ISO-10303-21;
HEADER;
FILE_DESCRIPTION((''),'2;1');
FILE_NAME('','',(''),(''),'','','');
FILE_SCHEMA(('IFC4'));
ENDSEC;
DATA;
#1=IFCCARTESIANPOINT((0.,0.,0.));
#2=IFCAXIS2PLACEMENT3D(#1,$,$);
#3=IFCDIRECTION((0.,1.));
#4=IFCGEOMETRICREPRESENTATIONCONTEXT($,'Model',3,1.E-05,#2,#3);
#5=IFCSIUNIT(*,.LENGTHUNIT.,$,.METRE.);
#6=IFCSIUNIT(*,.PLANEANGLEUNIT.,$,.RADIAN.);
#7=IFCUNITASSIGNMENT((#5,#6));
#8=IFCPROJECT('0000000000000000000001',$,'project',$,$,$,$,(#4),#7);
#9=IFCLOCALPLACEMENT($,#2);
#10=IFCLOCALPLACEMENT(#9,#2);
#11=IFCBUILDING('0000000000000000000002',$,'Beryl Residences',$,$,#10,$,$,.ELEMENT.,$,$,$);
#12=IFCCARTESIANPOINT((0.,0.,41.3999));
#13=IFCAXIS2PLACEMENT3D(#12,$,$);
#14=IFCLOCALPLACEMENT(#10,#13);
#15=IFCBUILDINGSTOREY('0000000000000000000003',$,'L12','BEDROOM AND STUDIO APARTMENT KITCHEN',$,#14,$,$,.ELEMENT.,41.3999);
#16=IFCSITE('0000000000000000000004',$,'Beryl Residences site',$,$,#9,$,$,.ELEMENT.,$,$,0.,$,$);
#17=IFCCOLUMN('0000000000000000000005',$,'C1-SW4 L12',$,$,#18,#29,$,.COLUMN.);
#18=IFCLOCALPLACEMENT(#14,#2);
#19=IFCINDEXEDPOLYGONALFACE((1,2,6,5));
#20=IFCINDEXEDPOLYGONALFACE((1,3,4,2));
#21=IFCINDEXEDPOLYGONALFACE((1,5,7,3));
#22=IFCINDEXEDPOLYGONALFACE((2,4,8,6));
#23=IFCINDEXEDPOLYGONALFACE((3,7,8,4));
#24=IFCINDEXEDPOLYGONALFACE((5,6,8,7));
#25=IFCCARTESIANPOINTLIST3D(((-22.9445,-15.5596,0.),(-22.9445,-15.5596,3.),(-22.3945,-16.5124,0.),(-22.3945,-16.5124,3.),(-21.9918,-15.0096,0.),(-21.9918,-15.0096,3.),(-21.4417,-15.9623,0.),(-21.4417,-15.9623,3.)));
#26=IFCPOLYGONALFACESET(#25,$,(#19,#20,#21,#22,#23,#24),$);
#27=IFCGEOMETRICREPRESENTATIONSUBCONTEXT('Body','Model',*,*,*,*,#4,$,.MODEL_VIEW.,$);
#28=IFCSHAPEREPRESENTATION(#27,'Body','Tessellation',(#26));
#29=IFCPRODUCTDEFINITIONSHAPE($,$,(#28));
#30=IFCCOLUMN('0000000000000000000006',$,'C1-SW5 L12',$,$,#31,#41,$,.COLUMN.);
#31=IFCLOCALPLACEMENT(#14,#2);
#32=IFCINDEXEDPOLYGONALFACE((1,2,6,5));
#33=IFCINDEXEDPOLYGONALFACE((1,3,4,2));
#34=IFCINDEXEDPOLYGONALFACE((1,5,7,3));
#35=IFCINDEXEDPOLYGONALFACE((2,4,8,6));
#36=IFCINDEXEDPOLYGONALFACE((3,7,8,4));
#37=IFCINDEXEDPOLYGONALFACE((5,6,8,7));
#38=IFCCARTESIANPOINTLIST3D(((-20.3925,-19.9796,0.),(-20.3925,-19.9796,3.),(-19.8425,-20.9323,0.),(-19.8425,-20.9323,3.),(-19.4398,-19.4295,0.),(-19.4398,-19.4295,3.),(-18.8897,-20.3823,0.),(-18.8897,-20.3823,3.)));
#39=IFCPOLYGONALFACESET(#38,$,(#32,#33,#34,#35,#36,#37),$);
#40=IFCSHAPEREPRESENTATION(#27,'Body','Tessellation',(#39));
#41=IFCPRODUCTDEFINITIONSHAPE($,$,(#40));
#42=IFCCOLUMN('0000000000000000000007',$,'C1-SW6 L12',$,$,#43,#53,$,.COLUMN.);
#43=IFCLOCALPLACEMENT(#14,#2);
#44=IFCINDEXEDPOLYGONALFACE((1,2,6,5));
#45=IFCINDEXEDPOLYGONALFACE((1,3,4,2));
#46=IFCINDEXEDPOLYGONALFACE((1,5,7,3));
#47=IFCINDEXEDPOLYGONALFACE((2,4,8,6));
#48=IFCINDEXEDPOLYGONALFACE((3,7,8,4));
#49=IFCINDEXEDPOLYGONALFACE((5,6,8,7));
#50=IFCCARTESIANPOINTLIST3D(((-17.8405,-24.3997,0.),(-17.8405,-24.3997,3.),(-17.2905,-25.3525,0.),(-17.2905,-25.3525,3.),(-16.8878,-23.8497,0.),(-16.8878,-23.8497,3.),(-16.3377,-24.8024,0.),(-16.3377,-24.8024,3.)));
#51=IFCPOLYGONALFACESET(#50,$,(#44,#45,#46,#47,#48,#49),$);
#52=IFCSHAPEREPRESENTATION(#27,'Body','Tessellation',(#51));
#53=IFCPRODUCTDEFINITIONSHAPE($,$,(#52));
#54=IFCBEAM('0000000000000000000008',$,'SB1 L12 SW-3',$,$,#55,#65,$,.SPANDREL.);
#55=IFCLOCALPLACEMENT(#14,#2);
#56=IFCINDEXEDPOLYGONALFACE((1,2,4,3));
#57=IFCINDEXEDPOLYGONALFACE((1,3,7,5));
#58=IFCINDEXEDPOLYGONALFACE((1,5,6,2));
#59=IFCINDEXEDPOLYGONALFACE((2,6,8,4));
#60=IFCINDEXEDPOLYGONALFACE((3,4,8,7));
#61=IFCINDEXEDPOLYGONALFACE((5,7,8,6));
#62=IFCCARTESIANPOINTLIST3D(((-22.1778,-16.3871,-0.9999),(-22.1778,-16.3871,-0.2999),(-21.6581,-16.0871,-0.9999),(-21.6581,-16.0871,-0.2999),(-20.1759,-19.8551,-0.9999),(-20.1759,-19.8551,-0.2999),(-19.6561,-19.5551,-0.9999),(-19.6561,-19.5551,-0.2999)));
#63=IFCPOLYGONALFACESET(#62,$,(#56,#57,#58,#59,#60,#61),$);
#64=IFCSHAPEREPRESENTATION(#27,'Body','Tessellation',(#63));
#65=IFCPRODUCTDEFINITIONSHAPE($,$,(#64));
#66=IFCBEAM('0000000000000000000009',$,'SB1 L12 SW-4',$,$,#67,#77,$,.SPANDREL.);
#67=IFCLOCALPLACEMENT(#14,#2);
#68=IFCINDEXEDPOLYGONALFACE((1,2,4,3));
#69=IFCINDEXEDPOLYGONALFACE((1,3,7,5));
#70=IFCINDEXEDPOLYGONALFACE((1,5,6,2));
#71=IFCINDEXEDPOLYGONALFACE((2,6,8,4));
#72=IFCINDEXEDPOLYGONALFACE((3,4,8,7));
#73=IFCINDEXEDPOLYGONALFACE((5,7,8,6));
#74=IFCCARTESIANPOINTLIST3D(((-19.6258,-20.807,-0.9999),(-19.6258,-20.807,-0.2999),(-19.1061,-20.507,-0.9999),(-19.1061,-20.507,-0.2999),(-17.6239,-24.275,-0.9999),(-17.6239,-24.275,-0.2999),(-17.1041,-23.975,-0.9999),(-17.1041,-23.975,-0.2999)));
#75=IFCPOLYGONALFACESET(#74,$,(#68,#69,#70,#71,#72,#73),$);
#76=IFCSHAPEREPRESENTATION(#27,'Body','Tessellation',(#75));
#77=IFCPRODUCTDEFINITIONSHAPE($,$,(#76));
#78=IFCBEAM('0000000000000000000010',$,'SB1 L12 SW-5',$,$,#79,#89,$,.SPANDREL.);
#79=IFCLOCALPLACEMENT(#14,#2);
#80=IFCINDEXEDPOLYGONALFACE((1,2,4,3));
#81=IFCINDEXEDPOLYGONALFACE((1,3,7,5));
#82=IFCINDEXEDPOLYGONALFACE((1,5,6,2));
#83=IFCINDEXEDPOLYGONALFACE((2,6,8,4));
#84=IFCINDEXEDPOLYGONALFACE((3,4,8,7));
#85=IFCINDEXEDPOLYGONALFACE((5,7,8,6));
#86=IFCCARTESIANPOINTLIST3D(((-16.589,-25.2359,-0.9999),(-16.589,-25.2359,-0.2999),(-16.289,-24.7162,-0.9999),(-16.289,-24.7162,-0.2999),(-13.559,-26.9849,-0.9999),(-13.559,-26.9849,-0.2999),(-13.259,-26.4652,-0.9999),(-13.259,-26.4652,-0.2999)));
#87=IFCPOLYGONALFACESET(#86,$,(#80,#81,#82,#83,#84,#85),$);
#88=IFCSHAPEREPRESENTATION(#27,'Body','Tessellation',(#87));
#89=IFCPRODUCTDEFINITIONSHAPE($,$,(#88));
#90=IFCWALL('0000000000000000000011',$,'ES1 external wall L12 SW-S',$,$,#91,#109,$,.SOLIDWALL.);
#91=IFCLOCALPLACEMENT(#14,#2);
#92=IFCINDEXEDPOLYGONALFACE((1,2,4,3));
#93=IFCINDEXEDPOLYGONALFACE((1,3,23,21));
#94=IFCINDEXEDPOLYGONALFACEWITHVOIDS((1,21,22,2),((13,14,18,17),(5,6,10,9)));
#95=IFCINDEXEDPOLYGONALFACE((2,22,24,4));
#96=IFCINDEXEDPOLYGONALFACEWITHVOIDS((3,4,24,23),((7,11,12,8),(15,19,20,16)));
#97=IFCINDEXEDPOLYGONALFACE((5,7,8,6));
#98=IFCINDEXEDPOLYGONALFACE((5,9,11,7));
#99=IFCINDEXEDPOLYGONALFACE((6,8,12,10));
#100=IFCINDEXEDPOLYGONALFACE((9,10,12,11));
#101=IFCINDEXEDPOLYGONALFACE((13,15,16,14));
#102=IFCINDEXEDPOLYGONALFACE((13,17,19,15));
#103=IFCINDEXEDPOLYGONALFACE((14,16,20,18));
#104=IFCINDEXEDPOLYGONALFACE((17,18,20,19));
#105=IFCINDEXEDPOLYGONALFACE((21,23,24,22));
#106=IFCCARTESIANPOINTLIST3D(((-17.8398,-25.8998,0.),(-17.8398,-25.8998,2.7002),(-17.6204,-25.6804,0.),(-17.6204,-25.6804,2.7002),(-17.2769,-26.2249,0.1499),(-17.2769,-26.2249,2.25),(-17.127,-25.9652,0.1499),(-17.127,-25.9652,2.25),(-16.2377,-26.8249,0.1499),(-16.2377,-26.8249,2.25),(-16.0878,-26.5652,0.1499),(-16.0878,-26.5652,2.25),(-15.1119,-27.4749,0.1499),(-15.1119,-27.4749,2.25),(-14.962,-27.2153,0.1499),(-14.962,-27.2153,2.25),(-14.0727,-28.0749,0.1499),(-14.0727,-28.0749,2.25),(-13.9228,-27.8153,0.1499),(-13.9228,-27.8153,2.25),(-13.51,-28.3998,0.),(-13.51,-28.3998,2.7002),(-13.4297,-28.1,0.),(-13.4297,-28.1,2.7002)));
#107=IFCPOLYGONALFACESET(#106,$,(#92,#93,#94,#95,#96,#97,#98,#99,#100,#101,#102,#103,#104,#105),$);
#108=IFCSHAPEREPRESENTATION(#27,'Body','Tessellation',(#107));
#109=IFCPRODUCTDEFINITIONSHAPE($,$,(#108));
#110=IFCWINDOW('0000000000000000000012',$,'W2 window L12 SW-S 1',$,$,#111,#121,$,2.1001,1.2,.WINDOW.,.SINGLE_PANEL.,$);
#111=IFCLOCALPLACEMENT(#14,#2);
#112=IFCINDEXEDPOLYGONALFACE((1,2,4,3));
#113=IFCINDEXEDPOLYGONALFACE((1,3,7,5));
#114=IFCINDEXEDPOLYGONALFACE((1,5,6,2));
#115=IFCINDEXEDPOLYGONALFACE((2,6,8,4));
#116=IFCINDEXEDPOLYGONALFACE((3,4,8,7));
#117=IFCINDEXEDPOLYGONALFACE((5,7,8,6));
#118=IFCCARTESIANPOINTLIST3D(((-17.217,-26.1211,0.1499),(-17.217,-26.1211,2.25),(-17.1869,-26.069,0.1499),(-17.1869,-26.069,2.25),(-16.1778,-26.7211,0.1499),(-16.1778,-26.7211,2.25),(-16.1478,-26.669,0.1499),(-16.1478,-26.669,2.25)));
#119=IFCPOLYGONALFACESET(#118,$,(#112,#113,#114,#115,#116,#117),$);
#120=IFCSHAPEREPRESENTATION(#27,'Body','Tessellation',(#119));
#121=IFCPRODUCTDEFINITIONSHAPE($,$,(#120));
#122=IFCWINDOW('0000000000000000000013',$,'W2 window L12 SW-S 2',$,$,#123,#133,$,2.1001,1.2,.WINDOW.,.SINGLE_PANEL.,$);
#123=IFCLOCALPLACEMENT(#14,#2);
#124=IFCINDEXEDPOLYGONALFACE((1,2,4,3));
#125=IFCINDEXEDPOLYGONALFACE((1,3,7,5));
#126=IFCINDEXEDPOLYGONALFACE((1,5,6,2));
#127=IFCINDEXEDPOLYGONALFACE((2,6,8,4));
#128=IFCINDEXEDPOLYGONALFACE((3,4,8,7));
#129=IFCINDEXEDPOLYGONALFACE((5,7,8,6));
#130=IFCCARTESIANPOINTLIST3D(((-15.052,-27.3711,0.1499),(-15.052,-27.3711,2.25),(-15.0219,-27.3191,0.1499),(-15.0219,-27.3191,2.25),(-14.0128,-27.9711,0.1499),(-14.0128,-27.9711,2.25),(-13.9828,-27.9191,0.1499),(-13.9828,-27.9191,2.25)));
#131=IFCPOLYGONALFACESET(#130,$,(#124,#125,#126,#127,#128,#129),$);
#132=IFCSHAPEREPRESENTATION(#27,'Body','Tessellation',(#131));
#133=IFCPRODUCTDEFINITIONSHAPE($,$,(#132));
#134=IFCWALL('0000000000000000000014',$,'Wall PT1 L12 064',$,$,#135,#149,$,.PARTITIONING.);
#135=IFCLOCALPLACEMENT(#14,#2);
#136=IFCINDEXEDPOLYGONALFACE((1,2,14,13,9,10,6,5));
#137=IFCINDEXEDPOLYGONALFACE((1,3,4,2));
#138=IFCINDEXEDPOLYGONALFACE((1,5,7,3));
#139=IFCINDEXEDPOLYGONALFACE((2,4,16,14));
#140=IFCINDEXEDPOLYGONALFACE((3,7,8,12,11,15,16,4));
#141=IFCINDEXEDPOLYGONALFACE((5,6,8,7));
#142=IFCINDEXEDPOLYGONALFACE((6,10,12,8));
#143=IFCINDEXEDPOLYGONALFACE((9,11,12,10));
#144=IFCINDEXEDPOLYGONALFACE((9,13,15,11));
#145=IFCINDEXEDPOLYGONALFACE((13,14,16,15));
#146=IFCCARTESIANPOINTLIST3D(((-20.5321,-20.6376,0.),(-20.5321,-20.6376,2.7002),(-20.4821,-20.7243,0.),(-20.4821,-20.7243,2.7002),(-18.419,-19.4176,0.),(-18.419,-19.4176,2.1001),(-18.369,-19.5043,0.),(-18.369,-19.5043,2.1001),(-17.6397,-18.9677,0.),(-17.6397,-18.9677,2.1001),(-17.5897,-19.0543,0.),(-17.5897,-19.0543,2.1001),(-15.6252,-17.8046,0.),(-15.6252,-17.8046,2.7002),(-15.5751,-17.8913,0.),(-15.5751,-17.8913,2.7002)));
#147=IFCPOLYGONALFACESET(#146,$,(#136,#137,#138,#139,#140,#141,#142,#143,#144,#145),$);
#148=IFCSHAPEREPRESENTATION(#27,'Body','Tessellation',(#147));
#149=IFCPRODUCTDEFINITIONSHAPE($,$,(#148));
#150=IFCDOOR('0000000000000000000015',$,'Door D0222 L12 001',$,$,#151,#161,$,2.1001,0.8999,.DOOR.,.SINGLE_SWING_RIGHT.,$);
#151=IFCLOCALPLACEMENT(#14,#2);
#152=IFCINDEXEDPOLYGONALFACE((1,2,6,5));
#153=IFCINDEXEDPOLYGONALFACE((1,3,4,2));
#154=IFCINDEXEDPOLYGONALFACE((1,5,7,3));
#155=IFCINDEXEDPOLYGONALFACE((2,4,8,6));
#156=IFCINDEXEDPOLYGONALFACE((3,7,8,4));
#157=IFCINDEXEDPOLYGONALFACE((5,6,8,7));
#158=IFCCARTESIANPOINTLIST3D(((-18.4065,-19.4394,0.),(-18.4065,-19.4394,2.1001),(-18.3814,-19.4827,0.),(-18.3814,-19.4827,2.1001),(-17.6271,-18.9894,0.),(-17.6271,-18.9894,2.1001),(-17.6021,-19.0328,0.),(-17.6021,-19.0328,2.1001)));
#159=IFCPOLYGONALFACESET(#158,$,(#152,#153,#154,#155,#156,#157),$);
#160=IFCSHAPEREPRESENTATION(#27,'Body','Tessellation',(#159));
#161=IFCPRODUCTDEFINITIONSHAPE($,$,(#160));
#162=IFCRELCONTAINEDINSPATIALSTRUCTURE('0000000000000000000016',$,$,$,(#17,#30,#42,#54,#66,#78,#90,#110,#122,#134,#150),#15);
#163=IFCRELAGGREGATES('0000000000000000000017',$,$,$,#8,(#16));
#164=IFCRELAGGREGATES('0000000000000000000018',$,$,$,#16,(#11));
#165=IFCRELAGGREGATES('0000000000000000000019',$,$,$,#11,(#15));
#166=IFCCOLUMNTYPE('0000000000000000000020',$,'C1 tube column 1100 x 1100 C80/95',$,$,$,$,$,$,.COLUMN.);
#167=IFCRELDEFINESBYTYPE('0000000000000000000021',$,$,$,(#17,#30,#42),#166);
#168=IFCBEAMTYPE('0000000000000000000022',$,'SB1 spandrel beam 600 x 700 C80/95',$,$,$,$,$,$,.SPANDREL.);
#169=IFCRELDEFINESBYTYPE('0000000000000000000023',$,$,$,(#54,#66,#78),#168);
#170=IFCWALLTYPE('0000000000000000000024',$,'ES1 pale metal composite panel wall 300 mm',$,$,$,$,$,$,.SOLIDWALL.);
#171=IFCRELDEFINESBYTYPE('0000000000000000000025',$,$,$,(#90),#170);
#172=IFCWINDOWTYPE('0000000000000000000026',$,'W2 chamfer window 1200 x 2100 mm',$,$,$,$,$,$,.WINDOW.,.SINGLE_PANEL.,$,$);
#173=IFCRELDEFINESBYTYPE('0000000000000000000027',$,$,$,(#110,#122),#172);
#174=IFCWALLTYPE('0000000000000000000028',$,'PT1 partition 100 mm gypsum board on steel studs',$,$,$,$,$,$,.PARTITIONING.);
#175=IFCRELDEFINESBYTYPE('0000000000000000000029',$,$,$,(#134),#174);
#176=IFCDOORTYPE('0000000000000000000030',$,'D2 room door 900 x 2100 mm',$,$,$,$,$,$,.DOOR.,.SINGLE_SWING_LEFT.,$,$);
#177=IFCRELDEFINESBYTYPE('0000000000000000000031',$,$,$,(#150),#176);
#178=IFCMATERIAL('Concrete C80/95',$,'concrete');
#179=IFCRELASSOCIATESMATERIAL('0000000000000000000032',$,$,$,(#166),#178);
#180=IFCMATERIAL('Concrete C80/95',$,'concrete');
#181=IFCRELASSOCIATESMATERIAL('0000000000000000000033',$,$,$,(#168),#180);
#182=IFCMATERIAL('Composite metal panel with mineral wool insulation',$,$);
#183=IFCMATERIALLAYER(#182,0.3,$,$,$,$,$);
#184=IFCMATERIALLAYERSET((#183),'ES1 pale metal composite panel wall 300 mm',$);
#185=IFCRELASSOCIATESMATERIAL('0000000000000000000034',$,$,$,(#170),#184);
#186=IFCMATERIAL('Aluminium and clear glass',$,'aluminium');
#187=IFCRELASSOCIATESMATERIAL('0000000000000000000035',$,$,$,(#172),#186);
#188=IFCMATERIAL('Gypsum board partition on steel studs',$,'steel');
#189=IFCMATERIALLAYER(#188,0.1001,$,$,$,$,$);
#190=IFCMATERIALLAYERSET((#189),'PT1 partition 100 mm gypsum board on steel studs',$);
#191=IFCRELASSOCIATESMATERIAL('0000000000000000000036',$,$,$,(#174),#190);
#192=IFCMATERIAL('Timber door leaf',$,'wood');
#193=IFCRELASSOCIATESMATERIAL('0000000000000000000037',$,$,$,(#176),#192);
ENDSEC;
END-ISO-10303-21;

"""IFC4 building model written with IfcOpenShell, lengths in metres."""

from ifc_helpers import new_model, si_unit, direction, frame, frame_2d, origin, origin_2d, place, context, subcontext, project, spatial, polyline, rectangle, outline, extrude, material, layer, layer_set, material_profile, profile_set, type_object, element, fill, save


model = new_model("IFC4")

# Units and contexts
model_context = context("Model", 3, precision=1e-05, world=origin(), true_north=direction((0.0, 1.0)))
body_context = subcontext(model_context, "Body", "Model", "MODEL_VIEW")
ifc_project = project(units=[si_unit("LENGTHUNIT", "METRE"), si_unit("PLANEANGLEUNIT", "RADIAN")], contexts=[model_context])

# Site, building, storey
site_placement = place(None, origin())
site = spatial("IfcSite", under=ifc_project, at=site_placement, Name="Beryl Residences site", CompositionType="ELEMENT", RefElevation=0.0)
building_placement = place(site_placement, origin())
building = spatial("IfcBuilding", under=site, at=building_placement, Name="Beryl Residences", CompositionType="ELEMENT")
storey_placement = place(building_placement, frame((0.0, 0.0, 41.3999)))
storey = spatial("IfcBuildingStorey", under=building, at=storey_placement, Name="L12", Description="BEDROOM AND STUDIO APARTMENT KITCHEN", CompositionType="ELEMENT", Elevation=41.3999)

# Columns
ifc_material_1 = material(Name="Concrete C80/95", Category="concrete")
ifc_material_profile_1 = material_profile(ifc_material_1, rectangle(XDim=1.1001, YDim=1.1001, at=origin_2d()))
ifc_profile_set_1 = profile_set([ifc_material_profile_1], Name="Concrete C80/95")
column_type = type_object("IfcColumnType", Name="C1 tube column 1100 x 1100 C80/95", PredefinedType="COLUMN", material=ifc_profile_set_1)
for number, where, z_axis, x_axis, name in (
    (1, (-22.1931, -15.761, 0.0), (0.0, 0.0, 1.0), (0.499985, -0.866034, 0.0), "C1-SW4 L12"),
    (2, (-19.6411, -20.1809, 0.0), (0.0, 0.0, 1.0), (0.499985, -0.866034, 0.0), "C1-SW5 L12"),
    (3, (-17.0891, -24.6011, 0.0), (0.0, 0.0, 1.0), (0.499985, -0.866034, 0.0), "C1-SW6 L12"),
):
    element("IfcColumn", number, at=place(storey_placement, frame(where, z_axis=z_axis, x_axis=x_axis)), inside=storey, type_object=column_type, Name=name, PredefinedType="COLUMN", context=body_context, shape_type="SweptSolid", body=[
        extrude(rectangle(XDim=1.1001, YDim=1.1001, at=origin_2d()), origin(), (0.0, 0.0, 1.0), 3.0),
    ])

# Beams
ifc_material_2 = material(Name="Concrete C80/95", Category="concrete")
ifc_material_profile_2 = material_profile(ifc_material_2, rectangle(XDim=0.6001, YDim=0.7, at=origin_2d()))
ifc_profile_set_2 = profile_set([ifc_material_profile_2], Name="Concrete C80/95")
beam_type = type_object("IfcBeamType", Name="SB1 spandrel beam 600 x 700 C80/95", PredefinedType="SPANDREL", material=ifc_profile_set_2)
for number, where, z_axis, x_axis, name in (
    (4, (-21.918, -16.2371, -0.6499), (0.499942, -0.866059, 0.0), (0.866059, 0.499942, 0.0), "SB1 L12 SW-3"),
    (5, (-19.366, -20.657, -0.6499), (0.499942, -0.866059, 0.0), (0.866059, 0.499942, 0.0), "SB1 L12 SW-4"),
):
    element("IfcBeam", number, at=place(storey_placement, frame(where, z_axis=z_axis, x_axis=x_axis)), inside=storey, type_object=beam_type, Name=name, PredefinedType="SPANDREL", context=body_context, shape_type="SweptSolid", body=[
        extrude(rectangle(XDim=0.6001, YDim=0.7, at=origin_2d()), origin(), (0.0, 0.0, 1.0), 4.0044),
    ])
beam_placement = place(storey_placement, frame((-16.439, -24.9761, -0.6499), z_axis=(0.866071, -0.499922, 0.0), x_axis=(0.499922, 0.866071, 0.0)))
element("IfcBeam", 6, at=beam_placement, inside=storey, type_object=beam_type, Name="SB1 L12 SW-5", PredefinedType="SPANDREL", context=body_context, shape_type="SweptSolid", body=[
    extrude(rectangle(XDim=0.6001, YDim=0.7, at=origin_2d()), origin(), (0.0, 0.0, 1.0), 3.4985),
])

# Wall, openings, windows
ifc_material_3 = material(Name="Composite metal panel with mineral wool insulation")
ifc_layer_1 = layer(ifc_material_3, 0.3)
ifc_layer_set_1 = layer_set([ifc_layer_1], Name="ES1 pale metal composite panel wall 300 mm")
wall_type_1 = type_object("IfcWallType", Name="ES1 pale metal composite panel wall 300 mm", PredefinedType="SOLIDWALL", material=ifc_layer_set_1)
wall_1_placement = place(storey_placement, frame((-17.7649, -25.77, 0.0), z_axis=(0.0, 0.0, 1.0), x_axis=(0.866011, -0.500025, 0.0)))
wall_1 = element("IfcWall", 7, at=wall_1_placement, inside=storey, type_object=wall_type_1, Name="ES1 external wall L12 SW-S", PredefinedType="SOLIDWALL", context=body_context, shape_type="SweptSolid", body=[
    extrude(outline(polyline([(0.0, -0.1499), (4.9998, -0.1499), (4.9194, 0.1499), (0.0803, 0.1499), (0.0, -0.1499)])), origin(), (0.0, 0.0, 1.0), 2.7002),
])
opening_1_placement = place(wall_1_placement, frame((0.6499, 0.0, 0.1499)))
opening_1 = element("IfcOpeningElement", 8, at=opening_1_placement, cuts=wall_1, PredefinedType="OPENING", context=body_context, shape_type="SweptSolid", body=[
    extrude(rectangle(XDim=1.2, YDim=2.1001, at=frame_2d((0.6001, 1.05))), frame((0.0, 0.1599, 0.0), z_axis=(0.0, -1.0, 0.0), x_axis=(1.0, 0.0, 0.0)), (0.0, 0.0, 1.0), 0.3201),
])
opening_2_placement = place(wall_1_placement, frame((3.1499, 0.0, 0.1499)))
opening_2 = element("IfcOpeningElement", 9, at=opening_2_placement, cuts=wall_1, PredefinedType="OPENING", context=body_context, shape_type="SweptSolid", body=[
    extrude(rectangle(XDim=1.2, YDim=2.1001, at=frame_2d((0.6001, 1.05))), frame((0.0, 0.1599, 0.0), z_axis=(0.0, -1.0, 0.0), x_axis=(1.0, 0.0, 0.0)), (0.0, 0.0, 1.0), 0.3201),
])
ifc_material_4 = material(Name="Aluminium and clear glass", Category="aluminium")
window_type = type_object("IfcWindowType", Name="W2 chamfer window 1200 x 2100 mm", PartitioningType="SINGLE_PANEL", PredefinedType="WINDOW", material=ifc_material_4)
window_1_placement = place(opening_1_placement, origin())
window_1 = element("IfcWindow", 10, at=window_1_placement, inside=storey, type_object=window_type, Name="W2 window L12 SW-S 1", OverallHeight=2.1001, OverallWidth=1.2, PartitioningType="SINGLE_PANEL", PredefinedType="WINDOW", context=body_context, shape_type="SweptSolid", body=[
    extrude(rectangle(XDim=1.2, YDim=2.1001, at=frame_2d((0.6001, 1.05))), frame((0.0, 0.03, 0.0), z_axis=(0.0, -1.0, 0.0), x_axis=(1.0, 0.0, 0.0)), (0.0, 0.0, 1.0), 0.0601),
])
fill(opening_1, window_1)
window_2_placement = place(opening_2_placement, origin())
window_2 = element("IfcWindow", 11, at=window_2_placement, inside=storey, type_object=window_type, Name="W2 window L12 SW-S 2", OverallHeight=2.1001, OverallWidth=1.2, PartitioningType="SINGLE_PANEL", PredefinedType="WINDOW", context=body_context, shape_type="SweptSolid", body=[
    extrude(rectangle(XDim=1.2, YDim=2.1001, at=frame_2d((0.6001, 1.05))), frame((0.0, 0.03, 0.0), z_axis=(0.0, -1.0, 0.0), x_axis=(1.0, 0.0, 0.0)), (0.0, 0.0, 1.0), 0.0601),
])
fill(opening_2, window_2)

# Wall, opening, door
ifc_material_5 = material(Name="Gypsum board partition on steel studs", Category="steel")
ifc_layer_2 = layer(ifc_material_5, 0.1001)
ifc_layer_set_2 = layer_set([ifc_layer_2], Name="PT1 partition 100 mm gypsum board on steel studs")
wall_type_2 = type_object("IfcWallType", Name="PT1 partition 100 mm gypsum board on steel studs", PredefinedType="PARTITIONING", material=ifc_layer_set_2)
wall_2_placement = place(storey_placement, frame((-20.5071, -20.6809, 0.0), z_axis=(0.0, 0.0, 1.0), x_axis=(0.866028, 0.499995, 0.0)))
wall_2 = element("IfcWall", 12, at=wall_2_placement, inside=storey, type_object=wall_type_2, Name="Wall PT1 L12 064", PredefinedType="PARTITIONING", context=body_context, shape_type="SweptSolid", body=[
    extrude(rectangle(XDim=5.666, YDim=0.1001, at=frame_2d((2.833, 0.0))), origin(), (0.0, 0.0, 1.0), 2.7002),
])
opening_3_placement = place(wall_2_placement, frame((2.4399, 0.0, 0.0)))
opening_3 = element("IfcOpeningElement", 13, at=opening_3_placement, cuts=wall_2, PredefinedType="OPENING", context=body_context, shape_type="SweptSolid", body=[
    extrude(rectangle(XDim=0.8999, YDim=2.1001, at=frame_2d((0.45, 1.05))), frame((0.0, 0.0601, 0.0), z_axis=(0.0, -1.0, 0.0), x_axis=(1.0, 0.0, 0.0)), (0.0, 0.0, 1.0), 0.1201),
])
ifc_material_6 = material(Name="Timber door leaf", Category="wood")
door_type_1 = type_object("IfcDoorType", Name="D2 room door 900 x 2100 mm", OperationType="SINGLE_SWING_LEFT", PredefinedType="DOOR", material=ifc_material_6)
door_1_placement = place(opening_3_placement, origin())
door_1 = element("IfcDoor", 14, at=door_1_placement, inside=storey, type_object=door_type_1, Name="Door D0222 L12 001", OperationType="SINGLE_SWING_RIGHT", OverallHeight=2.1001, OverallWidth=0.8999, PredefinedType="DOOR", context=body_context, shape_type="SweptSolid", body=[
    extrude(rectangle(XDim=0.8999, YDim=2.1001, at=frame_2d((0.45, 1.05))), frame((0.0, 0.0249, 0.0), z_axis=(0.0, -1.0, 0.0), x_axis=(1.0, 0.0, 0.0)), (0.0, 0.0, 1.0), 0.05),
])
fill(opening_3, door_1)

save(model, "model.ifc")
